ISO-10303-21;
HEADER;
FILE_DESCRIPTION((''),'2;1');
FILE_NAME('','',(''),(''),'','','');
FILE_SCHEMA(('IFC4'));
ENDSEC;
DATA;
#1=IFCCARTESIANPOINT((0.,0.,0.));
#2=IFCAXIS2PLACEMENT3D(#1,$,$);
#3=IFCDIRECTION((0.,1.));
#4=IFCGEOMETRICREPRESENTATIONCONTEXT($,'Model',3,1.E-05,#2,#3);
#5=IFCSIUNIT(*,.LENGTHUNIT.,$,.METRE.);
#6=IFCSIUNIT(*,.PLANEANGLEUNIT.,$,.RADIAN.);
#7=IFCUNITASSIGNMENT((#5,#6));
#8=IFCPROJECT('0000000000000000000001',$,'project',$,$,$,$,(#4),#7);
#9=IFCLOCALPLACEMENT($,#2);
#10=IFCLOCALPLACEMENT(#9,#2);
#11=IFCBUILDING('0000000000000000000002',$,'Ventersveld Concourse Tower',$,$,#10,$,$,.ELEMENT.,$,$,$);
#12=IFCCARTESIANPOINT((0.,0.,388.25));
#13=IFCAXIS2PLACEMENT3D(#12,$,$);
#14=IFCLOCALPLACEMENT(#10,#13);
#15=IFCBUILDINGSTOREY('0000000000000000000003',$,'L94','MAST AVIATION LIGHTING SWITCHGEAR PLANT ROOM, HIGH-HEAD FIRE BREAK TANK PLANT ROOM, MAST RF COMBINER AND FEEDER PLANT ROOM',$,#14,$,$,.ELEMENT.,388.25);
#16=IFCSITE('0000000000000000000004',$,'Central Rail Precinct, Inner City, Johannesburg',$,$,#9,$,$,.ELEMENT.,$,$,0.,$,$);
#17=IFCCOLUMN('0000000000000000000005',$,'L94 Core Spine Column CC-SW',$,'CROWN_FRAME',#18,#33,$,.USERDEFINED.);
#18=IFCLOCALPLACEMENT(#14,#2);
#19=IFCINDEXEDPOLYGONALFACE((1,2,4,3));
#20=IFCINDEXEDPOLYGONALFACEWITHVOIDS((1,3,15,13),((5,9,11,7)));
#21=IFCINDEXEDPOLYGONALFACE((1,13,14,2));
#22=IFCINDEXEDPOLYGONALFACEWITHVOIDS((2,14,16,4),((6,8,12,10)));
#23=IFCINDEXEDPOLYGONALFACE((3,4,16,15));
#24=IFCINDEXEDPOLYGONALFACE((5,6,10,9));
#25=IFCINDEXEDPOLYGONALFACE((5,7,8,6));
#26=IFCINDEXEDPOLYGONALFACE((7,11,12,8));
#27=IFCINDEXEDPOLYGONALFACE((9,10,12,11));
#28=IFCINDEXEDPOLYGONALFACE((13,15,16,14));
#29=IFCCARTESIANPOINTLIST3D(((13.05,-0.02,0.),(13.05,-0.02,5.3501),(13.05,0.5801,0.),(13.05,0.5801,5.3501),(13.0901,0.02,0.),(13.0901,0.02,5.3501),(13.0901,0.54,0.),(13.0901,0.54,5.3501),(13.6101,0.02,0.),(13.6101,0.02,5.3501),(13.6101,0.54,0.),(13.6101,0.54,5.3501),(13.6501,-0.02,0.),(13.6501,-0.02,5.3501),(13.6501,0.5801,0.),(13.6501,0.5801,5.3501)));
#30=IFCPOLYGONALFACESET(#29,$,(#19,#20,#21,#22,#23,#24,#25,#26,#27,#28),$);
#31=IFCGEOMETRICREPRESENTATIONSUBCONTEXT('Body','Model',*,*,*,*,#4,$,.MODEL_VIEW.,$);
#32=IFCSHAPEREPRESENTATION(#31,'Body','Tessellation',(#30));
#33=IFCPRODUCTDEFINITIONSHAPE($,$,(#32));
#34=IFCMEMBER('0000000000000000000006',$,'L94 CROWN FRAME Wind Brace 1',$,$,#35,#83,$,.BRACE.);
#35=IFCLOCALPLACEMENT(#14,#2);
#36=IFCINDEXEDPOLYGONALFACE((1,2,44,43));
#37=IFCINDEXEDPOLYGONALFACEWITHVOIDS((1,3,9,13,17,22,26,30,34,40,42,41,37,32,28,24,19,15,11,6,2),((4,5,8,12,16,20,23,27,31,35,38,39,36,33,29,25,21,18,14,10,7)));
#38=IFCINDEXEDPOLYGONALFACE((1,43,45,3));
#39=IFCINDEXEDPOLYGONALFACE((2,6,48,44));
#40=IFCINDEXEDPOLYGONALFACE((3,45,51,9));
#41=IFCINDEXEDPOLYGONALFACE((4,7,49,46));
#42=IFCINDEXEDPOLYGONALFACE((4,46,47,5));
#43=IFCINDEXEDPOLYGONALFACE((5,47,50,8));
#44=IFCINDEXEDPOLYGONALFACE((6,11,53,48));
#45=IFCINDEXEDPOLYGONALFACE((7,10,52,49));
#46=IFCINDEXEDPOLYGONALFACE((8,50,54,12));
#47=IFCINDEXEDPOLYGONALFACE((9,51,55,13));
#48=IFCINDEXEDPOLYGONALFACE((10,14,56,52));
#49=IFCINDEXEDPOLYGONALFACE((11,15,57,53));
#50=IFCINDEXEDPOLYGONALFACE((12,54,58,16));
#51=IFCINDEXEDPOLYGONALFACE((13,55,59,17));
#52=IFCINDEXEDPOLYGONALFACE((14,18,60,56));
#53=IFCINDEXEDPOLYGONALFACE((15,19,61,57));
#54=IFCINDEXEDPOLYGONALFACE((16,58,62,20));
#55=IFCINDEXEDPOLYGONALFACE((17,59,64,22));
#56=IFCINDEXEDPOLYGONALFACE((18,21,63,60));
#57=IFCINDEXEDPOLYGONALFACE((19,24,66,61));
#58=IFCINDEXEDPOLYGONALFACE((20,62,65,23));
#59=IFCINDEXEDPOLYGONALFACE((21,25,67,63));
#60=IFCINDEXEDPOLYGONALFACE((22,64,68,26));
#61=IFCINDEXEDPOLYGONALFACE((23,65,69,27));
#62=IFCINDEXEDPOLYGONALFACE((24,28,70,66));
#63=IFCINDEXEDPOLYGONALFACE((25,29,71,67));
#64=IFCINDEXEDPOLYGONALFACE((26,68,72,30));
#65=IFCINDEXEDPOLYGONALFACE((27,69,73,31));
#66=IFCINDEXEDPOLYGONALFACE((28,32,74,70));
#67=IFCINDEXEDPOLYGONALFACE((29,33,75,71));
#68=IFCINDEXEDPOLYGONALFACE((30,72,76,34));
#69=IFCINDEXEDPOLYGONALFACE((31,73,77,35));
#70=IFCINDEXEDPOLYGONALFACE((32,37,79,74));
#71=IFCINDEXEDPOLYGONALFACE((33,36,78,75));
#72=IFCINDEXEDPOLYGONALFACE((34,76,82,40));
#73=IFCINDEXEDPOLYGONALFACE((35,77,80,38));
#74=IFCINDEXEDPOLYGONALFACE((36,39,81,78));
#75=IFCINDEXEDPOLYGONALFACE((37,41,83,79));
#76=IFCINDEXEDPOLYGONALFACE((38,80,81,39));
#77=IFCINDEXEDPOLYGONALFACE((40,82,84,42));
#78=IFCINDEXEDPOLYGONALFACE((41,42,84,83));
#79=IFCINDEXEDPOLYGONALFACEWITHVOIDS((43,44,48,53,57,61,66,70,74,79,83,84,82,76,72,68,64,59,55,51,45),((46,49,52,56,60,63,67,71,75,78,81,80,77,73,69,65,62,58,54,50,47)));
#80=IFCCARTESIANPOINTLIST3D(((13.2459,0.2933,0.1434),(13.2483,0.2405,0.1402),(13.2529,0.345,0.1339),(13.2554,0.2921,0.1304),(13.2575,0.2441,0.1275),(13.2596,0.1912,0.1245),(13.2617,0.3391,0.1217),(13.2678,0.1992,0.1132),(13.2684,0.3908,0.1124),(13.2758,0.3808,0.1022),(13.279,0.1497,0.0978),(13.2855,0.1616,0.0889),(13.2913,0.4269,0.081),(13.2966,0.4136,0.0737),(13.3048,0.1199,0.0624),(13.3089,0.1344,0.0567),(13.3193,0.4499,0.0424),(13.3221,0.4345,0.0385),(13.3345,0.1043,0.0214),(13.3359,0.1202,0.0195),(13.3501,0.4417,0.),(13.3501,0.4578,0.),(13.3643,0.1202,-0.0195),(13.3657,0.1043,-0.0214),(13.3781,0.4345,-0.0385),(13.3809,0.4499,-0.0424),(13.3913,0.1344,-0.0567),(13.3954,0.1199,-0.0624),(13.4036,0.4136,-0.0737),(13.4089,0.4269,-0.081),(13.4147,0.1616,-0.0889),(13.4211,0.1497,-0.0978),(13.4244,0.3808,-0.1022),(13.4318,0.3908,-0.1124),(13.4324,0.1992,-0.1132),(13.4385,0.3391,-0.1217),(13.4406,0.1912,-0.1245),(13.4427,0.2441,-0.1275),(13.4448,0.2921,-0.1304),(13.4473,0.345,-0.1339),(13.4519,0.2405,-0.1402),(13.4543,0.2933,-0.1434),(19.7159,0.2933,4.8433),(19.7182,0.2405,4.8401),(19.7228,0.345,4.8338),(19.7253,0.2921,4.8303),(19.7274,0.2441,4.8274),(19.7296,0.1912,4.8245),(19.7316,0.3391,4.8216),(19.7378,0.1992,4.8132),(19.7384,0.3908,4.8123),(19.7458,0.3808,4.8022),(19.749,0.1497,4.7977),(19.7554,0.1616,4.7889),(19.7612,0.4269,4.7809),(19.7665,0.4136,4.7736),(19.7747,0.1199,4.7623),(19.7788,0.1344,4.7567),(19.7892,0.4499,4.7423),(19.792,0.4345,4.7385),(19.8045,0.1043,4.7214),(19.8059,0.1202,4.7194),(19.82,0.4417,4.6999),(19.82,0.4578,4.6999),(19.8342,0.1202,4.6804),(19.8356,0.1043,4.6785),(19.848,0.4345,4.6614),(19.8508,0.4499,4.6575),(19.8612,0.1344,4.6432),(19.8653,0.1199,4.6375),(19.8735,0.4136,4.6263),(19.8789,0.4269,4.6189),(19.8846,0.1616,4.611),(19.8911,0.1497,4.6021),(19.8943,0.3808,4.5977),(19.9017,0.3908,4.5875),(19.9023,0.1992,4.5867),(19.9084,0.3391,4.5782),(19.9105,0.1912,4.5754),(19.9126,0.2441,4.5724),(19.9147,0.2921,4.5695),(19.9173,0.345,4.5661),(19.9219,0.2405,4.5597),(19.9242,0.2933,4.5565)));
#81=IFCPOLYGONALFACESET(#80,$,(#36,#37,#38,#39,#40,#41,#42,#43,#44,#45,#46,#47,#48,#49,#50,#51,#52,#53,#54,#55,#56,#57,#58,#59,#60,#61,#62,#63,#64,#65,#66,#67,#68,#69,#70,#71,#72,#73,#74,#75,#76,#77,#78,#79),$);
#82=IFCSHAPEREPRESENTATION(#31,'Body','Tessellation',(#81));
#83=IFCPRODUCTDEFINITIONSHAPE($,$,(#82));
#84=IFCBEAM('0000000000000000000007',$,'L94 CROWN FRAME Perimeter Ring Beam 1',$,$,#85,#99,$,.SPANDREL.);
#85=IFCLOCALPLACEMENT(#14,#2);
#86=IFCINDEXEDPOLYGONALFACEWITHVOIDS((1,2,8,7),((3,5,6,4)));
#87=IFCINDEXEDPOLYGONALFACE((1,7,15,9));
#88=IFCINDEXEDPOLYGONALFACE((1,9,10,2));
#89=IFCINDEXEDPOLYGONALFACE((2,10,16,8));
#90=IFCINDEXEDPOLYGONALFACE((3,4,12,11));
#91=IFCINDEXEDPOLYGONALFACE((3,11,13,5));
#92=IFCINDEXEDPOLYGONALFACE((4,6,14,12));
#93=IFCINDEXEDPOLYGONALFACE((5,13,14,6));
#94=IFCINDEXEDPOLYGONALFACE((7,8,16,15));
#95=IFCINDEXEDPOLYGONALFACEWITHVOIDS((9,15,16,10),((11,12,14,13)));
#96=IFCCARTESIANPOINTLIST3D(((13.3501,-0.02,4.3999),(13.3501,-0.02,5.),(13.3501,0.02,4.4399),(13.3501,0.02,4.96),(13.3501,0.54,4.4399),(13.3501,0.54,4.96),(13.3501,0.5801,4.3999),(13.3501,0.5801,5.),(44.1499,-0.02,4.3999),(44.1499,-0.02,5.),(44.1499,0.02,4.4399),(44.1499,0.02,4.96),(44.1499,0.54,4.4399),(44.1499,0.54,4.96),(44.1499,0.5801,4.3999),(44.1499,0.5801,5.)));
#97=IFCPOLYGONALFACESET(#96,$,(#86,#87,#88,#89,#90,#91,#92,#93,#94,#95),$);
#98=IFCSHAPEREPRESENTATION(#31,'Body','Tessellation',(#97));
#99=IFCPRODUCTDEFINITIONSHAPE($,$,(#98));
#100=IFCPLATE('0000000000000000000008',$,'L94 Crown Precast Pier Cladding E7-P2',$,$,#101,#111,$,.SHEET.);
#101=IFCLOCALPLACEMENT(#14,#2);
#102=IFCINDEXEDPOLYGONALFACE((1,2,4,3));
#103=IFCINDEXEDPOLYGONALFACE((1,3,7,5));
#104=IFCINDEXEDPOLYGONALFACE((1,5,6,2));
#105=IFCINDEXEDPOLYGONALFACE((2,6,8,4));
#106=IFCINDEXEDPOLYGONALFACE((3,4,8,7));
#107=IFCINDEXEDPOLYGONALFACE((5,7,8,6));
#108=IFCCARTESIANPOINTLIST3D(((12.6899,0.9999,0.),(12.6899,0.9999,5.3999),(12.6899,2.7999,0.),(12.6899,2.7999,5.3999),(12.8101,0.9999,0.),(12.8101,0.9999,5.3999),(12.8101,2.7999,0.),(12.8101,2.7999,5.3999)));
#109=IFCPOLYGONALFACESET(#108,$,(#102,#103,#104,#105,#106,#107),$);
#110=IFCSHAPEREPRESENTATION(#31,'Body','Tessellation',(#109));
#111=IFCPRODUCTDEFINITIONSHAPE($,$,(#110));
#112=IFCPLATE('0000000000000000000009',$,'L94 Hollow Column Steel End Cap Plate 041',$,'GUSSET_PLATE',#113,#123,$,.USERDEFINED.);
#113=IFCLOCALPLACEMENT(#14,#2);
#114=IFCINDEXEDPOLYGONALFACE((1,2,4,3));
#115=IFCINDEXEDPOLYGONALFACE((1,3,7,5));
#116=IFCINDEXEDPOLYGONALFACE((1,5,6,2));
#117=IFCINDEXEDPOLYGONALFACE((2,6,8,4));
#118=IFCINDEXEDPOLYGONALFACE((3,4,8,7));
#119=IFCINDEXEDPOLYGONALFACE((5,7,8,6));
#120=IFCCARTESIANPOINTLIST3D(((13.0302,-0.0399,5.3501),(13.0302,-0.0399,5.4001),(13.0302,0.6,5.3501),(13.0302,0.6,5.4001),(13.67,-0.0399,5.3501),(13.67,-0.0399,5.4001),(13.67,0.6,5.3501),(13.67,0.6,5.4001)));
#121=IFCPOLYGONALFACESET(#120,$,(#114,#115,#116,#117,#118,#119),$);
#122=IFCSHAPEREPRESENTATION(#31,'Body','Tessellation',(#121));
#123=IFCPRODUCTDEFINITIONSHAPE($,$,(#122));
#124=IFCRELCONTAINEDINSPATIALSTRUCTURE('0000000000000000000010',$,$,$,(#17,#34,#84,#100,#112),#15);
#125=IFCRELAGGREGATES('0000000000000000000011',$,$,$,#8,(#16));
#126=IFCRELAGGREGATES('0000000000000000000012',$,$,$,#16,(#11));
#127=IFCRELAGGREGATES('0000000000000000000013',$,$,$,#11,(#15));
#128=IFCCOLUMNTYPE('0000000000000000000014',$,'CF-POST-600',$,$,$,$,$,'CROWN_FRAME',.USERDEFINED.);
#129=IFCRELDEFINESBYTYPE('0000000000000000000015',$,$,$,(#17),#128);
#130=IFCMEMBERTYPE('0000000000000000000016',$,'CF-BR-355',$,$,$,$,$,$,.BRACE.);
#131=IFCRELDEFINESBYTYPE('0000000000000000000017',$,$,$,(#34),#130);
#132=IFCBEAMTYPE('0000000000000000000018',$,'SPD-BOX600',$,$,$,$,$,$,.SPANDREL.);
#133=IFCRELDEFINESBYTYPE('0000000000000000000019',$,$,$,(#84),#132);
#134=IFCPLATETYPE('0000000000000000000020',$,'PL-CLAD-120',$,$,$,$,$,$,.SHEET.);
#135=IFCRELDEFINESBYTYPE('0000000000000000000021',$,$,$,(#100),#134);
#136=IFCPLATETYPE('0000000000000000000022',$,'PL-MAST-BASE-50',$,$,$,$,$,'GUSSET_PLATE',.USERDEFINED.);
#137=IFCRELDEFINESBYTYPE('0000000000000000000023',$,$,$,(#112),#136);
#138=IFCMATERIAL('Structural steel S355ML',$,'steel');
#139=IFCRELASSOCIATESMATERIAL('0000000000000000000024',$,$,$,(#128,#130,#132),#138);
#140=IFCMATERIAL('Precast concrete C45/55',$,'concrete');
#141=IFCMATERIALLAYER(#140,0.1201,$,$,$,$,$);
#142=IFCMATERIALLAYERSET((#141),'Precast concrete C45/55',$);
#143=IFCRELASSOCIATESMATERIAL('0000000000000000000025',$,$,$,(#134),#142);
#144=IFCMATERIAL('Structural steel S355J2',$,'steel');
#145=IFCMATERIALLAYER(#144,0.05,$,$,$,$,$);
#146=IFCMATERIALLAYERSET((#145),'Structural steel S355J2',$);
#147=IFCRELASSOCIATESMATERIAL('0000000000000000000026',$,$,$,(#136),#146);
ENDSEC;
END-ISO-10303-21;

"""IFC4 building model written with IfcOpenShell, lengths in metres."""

from ifc_helpers import new_model, si_unit, direction, frame, origin, origin_2d, place, context, subcontext, project, spatial, rectangle, hollow_rectangle, hollow_circle, extrude, material, layer, layer_set, material_profile, profile_set, type_object, element, save


model = new_model("IFC4")

# Units and contexts
model_context = context("Model", 3, precision=1e-05, world=origin(), true_north=direction((0.0, 1.0)))
body_context = subcontext(model_context, "Body", "Model", "MODEL_VIEW")
ifc_project = project(units=[si_unit("LENGTHUNIT", "METRE"), si_unit("PLANEANGLEUNIT", "RADIAN")], contexts=[model_context])

# Site, building, storey
site_placement = place(None, origin())
site = spatial("IfcSite", under=ifc_project, at=site_placement, Name="Central Rail Precinct, Inner City, Johannesburg", CompositionType="ELEMENT", RefElevation=0.0)
building_placement = place(site_placement, origin())
building = spatial("IfcBuilding", under=site, at=building_placement, Name="Ventersveld Concourse Tower", CompositionType="ELEMENT")
storey_placement = place(building_placement, frame((0.0, 0.0, 388.25)))
storey = spatial("IfcBuildingStorey", under=building, at=storey_placement, Name="L94", Description="MAST AVIATION LIGHTING SWITCHGEAR PLANT ROOM, HIGH-HEAD FIRE BREAK TANK PLANT ROOM, MAST RF COMBINER AND FEEDER PLANT ROOM", CompositionType="ELEMENT", Elevation=388.25)

# Column
ifc_material_1 = material(Name="Structural steel S355ML", Category="steel")
ifc_material_profile_1 = material_profile(ifc_material_1, hollow_rectangle(XDim=0.6001, YDim=0.6001, WallThickness=0.04, at=origin_2d()), Name="BOX 600x600x40")
ifc_profile_set_1 = profile_set([ifc_material_profile_1], Name="Structural steel S355ML")
column_type = type_object("IfcColumnType", Name="CF-POST-600", ElementType="CROWN_FRAME", PredefinedType="USERDEFINED", material=ifc_profile_set_1)
column_placement = place(storey_placement, frame((13.3501, 0.28, 0.0), z_axis=(0.0, 0.0, 1.0), x_axis=(1.0, 0.0, 0.0)))
element("IfcColumn", 1, at=column_placement, inside=storey, type_object=column_type, Name="L94 Core Spine Column CC-SW", ObjectType="CROWN_FRAME", PredefinedType="USERDEFINED", context=body_context, shape_type="SweptSolid", body=[
    extrude(hollow_rectangle(XDim=0.6001, YDim=0.6001, WallThickness=0.04, at=origin_2d()), origin(), (0.0, 0.0, 1.0), 5.3501),
])

# Member
ifc_material_profile_2 = material_profile(ifc_material_1, hollow_circle(Radius=0.1777, WallThickness=0.0161, at=origin_2d()), Name="CHS 355.6x16")
ifc_profile_set_2 = profile_set([ifc_material_profile_2], Name="Structural steel S355ML")
member_type = type_object("IfcMemberType", Name="CF-BR-355", PredefinedType="BRACE", material=ifc_profile_set_2)
member_placement = place(storey_placement, frame((13.3501, 0.28, 0.0), z_axis=(0.809062, 0.0, 0.587723), x_axis=(0.0, 1.0, 0.0)))
element("IfcMember", 2, at=member_placement, inside=storey, type_object=member_type, Name="L94 CROWN FRAME Wind Brace 1", PredefinedType="BRACE", context=body_context, shape_type="SweptSolid", body=[
    extrude(hollow_circle(Radius=0.1777, WallThickness=0.0161, at=origin_2d()), origin(), (0.0, 0.0, 1.0), 7.9968),
])

# Beam
ifc_material_profile_3 = material_profile(ifc_material_1, hollow_rectangle(XDim=0.6001, YDim=0.6001, WallThickness=0.04, at=origin_2d()), Name="BOX 600x600x40")
ifc_profile_set_3 = profile_set([ifc_material_profile_3], Name="Structural steel S355ML")
beam_type = type_object("IfcBeamType", Name="SPD-BOX600", PredefinedType="SPANDREL", material=ifc_profile_set_3)
beam_placement = place(storey_placement, frame((13.3501, 0.28, 4.7), z_axis=(1.0, 0.0, 0.0), x_axis=(0.0, 1.0, 0.0)))
element("IfcBeam", 3, at=beam_placement, inside=storey, type_object=beam_type, Name="L94 CROWN FRAME Perimeter Ring Beam 1", PredefinedType="SPANDREL", context=body_context, shape_type="SweptSolid", body=[
    extrude(hollow_rectangle(XDim=0.6001, YDim=0.6001, WallThickness=0.04, at=origin_2d()), origin(), (0.0, 0.0, 1.0), 30.7998),
])

# Plates
ifc_material_2 = material(Name="Precast concrete C45/55", Category="concrete")
ifc_layer_1 = layer(ifc_material_2, 0.1201)
ifc_layer_set_1 = layer_set([ifc_layer_1], Name="Precast concrete C45/55")
plate_type_1 = type_object("IfcPlateType", Name="PL-CLAD-120", PredefinedType="SHEET", material=ifc_layer_set_1)
plate_1_placement = place(storey_placement, frame((12.75, 1.8999, 0.0), z_axis=(0.0, 0.0, 1.0), x_axis=(0.0, -1.0, 0.0)))
element("IfcPlate", 4, at=plate_1_placement, inside=storey, type_object=plate_type_1, Name="L94 Crown Precast Pier Cladding E7-P2", PredefinedType="SHEET", context=body_context, shape_type="SweptSolid", body=[
    extrude(rectangle(XDim=1.8, YDim=0.1201, at=origin_2d()), origin(), (0.0, 0.0, 1.0), 5.3999),
])
ifc_material_3 = material(Name="Structural steel S355J2", Category="steel")
ifc_layer_2 = layer(ifc_material_3, 0.05)
ifc_layer_set_2 = layer_set([ifc_layer_2], Name="Structural steel S355J2")
plate_type_2 = type_object("IfcPlateType", Name="PL-MAST-BASE-50", ElementType="GUSSET_PLATE", PredefinedType="USERDEFINED", material=ifc_layer_set_2)
plate_2_placement = place(storey_placement, frame((13.3501, 0.28, 5.3501), z_axis=(0.0, 0.0, 1.0), x_axis=(1.0, 0.0, 0.0)))
element("IfcPlate", 5, at=plate_2_placement, inside=storey, type_object=plate_type_2, Name="L94 Hollow Column Steel End Cap Plate 041", ObjectType="GUSSET_PLATE", PredefinedType="USERDEFINED", context=body_context, shape_type="SweptSolid", body=[
    extrude(rectangle(XDim=0.6399, YDim=0.6399, at=origin_2d()), origin(), (0.0, 0.0, 1.0), 0.05),
])

save(model, "model.ifc")
